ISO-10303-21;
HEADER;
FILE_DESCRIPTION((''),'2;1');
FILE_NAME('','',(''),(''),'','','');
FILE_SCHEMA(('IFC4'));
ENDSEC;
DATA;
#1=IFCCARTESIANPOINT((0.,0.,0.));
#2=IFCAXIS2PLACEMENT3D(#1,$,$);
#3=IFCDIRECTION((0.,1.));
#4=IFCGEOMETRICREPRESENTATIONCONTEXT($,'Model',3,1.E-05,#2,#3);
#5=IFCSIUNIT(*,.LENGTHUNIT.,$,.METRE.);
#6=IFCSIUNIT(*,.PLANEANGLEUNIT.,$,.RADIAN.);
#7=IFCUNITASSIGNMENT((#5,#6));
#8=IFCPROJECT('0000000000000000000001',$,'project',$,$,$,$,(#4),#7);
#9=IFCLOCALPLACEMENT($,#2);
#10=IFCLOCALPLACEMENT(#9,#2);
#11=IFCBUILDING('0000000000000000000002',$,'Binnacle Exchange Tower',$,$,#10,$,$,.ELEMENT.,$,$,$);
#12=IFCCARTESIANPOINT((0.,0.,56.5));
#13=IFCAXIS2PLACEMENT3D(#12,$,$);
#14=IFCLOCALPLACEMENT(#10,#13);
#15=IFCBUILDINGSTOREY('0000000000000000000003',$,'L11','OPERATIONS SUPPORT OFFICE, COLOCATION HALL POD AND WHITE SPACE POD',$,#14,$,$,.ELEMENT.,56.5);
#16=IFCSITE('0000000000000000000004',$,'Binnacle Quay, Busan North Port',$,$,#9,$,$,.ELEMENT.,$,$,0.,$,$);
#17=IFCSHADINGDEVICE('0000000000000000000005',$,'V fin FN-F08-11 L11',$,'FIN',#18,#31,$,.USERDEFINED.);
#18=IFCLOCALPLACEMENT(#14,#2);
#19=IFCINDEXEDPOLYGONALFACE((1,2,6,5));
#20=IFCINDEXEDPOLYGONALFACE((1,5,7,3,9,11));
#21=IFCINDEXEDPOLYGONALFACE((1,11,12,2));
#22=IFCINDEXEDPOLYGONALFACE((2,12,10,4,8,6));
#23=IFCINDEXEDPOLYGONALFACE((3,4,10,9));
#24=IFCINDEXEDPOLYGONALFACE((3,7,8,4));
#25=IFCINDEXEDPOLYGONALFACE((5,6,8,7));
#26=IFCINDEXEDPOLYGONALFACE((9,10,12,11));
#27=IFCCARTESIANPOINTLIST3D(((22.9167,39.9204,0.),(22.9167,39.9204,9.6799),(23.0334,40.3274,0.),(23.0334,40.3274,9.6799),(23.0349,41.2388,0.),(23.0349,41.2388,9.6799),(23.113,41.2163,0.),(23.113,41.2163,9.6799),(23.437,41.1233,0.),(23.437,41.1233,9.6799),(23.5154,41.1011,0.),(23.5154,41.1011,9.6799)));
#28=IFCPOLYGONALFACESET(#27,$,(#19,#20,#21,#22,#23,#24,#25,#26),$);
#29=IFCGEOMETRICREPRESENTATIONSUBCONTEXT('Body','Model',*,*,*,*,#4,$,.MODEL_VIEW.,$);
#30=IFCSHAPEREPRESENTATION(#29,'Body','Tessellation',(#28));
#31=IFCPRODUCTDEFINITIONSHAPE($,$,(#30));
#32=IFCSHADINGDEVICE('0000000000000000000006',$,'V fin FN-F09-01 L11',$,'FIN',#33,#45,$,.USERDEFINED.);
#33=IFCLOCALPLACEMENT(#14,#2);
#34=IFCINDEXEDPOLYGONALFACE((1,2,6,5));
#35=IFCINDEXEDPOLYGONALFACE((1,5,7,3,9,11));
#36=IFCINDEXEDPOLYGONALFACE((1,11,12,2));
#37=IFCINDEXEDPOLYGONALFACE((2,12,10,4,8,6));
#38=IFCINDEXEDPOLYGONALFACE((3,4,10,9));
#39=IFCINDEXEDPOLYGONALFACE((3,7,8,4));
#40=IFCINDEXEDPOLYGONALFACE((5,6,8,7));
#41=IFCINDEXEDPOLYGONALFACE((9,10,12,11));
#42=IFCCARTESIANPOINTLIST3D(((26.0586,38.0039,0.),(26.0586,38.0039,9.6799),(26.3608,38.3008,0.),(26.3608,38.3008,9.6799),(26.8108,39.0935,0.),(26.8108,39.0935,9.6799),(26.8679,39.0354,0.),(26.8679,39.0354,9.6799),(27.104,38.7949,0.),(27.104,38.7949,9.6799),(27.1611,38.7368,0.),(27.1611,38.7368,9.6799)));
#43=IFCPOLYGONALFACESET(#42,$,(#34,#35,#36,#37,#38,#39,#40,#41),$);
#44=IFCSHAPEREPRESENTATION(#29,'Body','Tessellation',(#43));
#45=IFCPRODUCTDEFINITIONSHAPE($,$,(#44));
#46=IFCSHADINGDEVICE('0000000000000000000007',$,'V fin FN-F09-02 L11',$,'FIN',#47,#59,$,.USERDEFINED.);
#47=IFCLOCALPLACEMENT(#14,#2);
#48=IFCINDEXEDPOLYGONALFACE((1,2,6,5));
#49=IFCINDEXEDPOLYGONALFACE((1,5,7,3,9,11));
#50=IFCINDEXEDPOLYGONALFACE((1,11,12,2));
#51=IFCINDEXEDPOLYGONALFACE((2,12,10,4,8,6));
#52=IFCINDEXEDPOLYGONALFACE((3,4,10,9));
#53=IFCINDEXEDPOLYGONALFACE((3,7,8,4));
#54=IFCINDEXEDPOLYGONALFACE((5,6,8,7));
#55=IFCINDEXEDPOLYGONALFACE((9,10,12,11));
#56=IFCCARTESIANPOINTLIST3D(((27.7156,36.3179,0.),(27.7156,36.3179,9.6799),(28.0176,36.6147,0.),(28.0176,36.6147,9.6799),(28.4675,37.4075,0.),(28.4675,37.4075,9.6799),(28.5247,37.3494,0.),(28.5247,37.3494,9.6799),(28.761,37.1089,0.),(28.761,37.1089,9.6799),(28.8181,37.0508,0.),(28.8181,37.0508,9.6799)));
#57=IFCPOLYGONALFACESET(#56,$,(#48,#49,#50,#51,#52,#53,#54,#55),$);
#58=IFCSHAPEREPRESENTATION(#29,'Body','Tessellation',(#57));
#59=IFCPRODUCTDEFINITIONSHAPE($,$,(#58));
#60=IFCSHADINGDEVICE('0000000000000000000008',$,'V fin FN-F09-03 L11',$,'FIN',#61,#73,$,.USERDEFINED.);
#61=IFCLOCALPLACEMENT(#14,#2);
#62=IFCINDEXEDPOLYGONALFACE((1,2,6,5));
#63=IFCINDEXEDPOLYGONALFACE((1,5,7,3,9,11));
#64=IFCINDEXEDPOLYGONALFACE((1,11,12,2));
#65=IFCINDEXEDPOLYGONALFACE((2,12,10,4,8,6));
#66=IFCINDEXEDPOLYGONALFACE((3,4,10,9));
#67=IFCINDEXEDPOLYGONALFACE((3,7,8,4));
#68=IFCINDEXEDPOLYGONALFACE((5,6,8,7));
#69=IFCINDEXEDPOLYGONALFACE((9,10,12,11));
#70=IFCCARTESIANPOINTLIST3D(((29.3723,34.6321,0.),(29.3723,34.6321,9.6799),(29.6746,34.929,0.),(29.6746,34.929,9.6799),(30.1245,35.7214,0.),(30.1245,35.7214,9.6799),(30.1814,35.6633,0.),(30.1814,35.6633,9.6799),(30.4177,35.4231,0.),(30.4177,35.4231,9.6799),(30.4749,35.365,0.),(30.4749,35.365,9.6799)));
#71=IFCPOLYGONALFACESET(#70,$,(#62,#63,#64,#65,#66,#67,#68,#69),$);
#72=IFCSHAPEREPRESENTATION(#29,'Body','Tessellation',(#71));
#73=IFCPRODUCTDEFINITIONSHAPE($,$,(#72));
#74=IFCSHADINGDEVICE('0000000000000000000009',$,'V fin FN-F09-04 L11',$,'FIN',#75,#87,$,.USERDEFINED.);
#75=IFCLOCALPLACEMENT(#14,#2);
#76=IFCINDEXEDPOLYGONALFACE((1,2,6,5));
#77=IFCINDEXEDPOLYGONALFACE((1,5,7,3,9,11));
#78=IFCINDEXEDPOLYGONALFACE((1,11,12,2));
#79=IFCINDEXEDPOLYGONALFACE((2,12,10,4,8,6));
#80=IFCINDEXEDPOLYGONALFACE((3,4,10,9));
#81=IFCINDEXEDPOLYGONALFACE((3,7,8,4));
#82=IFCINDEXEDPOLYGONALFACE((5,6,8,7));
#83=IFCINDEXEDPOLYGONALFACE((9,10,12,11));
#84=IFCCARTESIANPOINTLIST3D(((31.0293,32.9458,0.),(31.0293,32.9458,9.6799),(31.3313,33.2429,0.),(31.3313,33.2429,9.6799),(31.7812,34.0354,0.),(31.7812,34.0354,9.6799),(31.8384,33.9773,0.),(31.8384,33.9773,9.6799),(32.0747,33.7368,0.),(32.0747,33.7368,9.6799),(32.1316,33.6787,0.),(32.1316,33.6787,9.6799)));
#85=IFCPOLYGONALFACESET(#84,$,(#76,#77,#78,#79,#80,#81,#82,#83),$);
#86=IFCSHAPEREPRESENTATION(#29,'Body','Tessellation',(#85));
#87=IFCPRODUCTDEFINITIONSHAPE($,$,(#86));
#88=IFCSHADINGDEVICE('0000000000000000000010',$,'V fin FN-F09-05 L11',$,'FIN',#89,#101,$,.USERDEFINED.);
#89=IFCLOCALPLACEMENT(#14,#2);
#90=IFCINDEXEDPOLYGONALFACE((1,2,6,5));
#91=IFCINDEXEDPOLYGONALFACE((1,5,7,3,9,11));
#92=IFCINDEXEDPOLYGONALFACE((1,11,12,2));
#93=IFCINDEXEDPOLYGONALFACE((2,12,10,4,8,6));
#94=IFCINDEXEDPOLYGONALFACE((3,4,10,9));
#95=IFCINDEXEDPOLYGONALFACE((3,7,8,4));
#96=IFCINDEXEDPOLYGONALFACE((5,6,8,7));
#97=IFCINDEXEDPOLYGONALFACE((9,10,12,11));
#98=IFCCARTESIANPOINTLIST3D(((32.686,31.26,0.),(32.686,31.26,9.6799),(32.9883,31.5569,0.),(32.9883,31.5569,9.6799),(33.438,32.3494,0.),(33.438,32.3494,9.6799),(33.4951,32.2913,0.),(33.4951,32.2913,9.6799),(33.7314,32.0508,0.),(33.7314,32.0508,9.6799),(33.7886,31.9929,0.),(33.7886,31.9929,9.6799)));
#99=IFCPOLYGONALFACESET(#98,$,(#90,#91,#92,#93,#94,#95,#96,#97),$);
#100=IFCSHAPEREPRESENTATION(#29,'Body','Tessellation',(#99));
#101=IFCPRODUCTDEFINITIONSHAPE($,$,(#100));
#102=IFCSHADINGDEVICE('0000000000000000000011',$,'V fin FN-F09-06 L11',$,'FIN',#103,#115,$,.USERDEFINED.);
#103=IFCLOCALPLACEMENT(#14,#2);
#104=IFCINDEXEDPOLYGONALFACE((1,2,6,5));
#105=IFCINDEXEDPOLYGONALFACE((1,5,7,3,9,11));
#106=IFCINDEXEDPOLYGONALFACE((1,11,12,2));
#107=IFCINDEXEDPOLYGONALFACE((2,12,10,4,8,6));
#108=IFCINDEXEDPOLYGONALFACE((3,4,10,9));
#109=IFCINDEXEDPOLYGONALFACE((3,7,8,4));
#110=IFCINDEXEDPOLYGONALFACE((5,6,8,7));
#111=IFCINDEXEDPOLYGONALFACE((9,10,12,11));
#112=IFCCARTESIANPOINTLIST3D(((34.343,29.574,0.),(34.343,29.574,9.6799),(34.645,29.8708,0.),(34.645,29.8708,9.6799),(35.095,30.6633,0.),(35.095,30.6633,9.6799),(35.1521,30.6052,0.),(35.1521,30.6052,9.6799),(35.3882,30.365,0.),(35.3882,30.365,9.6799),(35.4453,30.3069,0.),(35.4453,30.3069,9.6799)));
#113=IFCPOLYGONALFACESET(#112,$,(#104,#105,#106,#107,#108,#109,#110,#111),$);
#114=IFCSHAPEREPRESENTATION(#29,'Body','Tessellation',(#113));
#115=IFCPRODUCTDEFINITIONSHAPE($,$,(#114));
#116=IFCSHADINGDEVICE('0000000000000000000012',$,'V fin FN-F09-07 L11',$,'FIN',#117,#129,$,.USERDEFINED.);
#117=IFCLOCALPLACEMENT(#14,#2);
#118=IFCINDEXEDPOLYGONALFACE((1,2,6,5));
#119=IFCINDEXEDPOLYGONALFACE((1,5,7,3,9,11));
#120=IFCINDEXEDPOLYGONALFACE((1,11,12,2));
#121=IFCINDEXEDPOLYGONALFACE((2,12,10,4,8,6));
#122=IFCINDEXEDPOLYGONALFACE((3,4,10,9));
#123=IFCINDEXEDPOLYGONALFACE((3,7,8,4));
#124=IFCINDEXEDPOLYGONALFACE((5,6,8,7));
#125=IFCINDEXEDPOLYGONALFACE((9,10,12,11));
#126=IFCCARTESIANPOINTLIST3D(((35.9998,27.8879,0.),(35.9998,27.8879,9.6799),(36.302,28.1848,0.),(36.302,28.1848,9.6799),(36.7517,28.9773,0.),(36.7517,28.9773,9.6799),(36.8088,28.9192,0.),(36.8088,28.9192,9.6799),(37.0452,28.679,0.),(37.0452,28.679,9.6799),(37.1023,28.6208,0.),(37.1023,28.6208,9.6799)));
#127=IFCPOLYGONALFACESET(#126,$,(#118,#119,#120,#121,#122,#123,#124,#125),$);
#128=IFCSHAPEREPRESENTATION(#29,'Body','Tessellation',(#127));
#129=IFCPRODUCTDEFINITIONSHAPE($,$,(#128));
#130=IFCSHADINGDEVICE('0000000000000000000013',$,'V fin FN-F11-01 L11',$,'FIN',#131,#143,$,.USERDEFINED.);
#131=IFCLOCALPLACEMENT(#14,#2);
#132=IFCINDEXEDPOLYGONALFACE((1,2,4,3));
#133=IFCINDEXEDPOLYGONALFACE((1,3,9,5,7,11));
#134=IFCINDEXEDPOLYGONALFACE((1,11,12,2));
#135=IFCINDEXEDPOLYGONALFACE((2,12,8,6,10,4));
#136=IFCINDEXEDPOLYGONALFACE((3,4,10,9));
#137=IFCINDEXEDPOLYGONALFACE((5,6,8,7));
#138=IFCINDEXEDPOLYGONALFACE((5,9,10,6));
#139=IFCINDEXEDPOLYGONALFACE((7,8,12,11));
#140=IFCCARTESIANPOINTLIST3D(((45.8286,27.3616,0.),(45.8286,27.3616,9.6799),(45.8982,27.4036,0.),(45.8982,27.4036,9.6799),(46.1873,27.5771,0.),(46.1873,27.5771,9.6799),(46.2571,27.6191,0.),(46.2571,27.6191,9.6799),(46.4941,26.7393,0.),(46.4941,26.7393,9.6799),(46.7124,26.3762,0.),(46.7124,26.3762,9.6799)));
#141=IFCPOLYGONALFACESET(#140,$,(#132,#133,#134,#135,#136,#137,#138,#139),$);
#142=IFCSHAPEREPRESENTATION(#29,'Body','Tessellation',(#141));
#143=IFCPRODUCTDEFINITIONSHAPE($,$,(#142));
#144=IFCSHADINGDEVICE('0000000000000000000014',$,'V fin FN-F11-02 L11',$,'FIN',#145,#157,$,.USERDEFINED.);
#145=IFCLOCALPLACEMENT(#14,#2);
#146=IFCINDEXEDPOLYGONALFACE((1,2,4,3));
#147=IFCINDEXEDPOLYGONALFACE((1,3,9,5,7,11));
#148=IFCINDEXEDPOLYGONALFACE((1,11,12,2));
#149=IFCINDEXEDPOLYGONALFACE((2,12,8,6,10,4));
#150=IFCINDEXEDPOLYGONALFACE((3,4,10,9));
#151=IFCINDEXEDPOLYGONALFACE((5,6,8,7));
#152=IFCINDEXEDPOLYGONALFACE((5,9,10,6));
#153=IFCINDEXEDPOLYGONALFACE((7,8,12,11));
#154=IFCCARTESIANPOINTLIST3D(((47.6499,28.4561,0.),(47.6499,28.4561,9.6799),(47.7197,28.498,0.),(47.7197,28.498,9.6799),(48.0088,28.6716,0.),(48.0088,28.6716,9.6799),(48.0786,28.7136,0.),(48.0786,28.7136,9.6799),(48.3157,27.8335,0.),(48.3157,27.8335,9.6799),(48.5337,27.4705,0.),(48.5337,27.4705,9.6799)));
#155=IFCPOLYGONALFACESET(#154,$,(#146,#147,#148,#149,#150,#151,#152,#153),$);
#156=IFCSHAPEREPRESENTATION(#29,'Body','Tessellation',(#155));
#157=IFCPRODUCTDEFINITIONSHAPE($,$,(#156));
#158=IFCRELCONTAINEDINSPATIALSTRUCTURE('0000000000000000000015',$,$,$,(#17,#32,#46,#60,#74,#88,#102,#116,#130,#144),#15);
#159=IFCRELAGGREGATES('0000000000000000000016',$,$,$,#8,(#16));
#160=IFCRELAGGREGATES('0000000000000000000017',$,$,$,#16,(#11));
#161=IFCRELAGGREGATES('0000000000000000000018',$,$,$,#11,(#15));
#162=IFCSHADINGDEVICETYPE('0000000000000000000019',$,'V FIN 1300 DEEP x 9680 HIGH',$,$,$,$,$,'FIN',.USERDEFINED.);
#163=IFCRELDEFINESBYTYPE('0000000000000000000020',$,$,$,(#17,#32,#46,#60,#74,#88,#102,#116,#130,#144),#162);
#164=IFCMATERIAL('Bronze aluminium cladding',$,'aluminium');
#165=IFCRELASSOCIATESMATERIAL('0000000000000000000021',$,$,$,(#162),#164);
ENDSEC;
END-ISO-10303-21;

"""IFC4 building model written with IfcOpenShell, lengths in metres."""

from ifc_helpers import new_model, si_unit, direction, frame, origin, place, context, subcontext, project, spatial, polyline, outline, extrude, material, type_object, element, save


model = new_model("IFC4")

# Units and contexts
model_context = context("Model", 3, precision=1e-05, world=origin(), true_north=direction((0.0, 1.0)))
body_context = subcontext(model_context, "Body", "Model", "MODEL_VIEW")
ifc_project = project(units=[si_unit("LENGTHUNIT", "METRE"), si_unit("PLANEANGLEUNIT", "RADIAN")], contexts=[model_context])

# Site, building, storey
site_placement = place(None, origin())
site = spatial("IfcSite", under=ifc_project, at=site_placement, Name="Binnacle Quay, Busan North Port", CompositionType="ELEMENT", RefElevation=0.0)
building_placement = place(site_placement, origin())
building = spatial("IfcBuilding", under=site, at=building_placement, Name="Binnacle Exchange Tower", CompositionType="ELEMENT")
storey_placement = place(building_placement, frame((0.0, 0.0, 56.5)))
storey = spatial("IfcBuildingStorey", under=building, at=storey_placement, Name="L11", Description="OPERATIONS SUPPORT OFFICE, COLOCATION HALL POD AND WHITE SPACE POD", CompositionType="ELEMENT", Elevation=56.5)

# Shading devices
ifc_material = material(Name="Bronze aluminium cladding", Category="aluminium")
shading_device_type = type_object("IfcShadingDeviceType", Name="V FIN 1300 DEEP x 9680 HIGH", ElementType="FIN", PredefinedType="USERDEFINED", material=ifc_material)
shading_device_1_placement = place(storey_placement, origin())
element("IfcShadingDevice", 1, at=shading_device_1_placement, inside=storey, type_object=shading_device_type, Name="V fin FN-F08-11 L11", ObjectType="FIN", PredefinedType="USERDEFINED", context=body_context, shape_type="SweptSolid", body=[
    extrude(outline(polyline([(23.0349, 41.2388), (22.9167, 39.9204), (23.5154, 41.1011), (23.437, 41.1233), (23.0334, 40.3274), (23.113, 41.2163), (23.0349, 41.2388)])), origin(), (0.0, 0.0, 1.0), 9.6799),
])
shading_device_2_placement = place(storey_placement, origin())
element("IfcShadingDevice", 2, at=shading_device_2_placement, inside=storey, type_object=shading_device_type, Name="V fin FN-F09-01 L11", ObjectType="FIN", PredefinedType="USERDEFINED", context=body_context, shape_type="SweptSolid", body=[
    extrude(outline(polyline([(26.8108, 39.0935), (26.0586, 38.0039), (27.1611, 38.7368), (27.104, 38.7949), (26.3608, 38.3008), (26.8679, 39.0354), (26.8108, 39.0935)])), origin(), (0.0, 0.0, 1.0), 9.6799),
])
shading_device_3_placement = place(storey_placement, origin())
element("IfcShadingDevice", 3, at=shading_device_3_placement, inside=storey, type_object=shading_device_type, Name="V fin FN-F09-02 L11", ObjectType="FIN", PredefinedType="USERDEFINED", context=body_context, shape_type="SweptSolid", body=[
    extrude(outline(polyline([(28.4675, 37.4075), (27.7156, 36.3179), (28.8181, 37.0508), (28.761, 37.1089), (28.0176, 36.6147), (28.5247, 37.3494), (28.4675, 37.4075)])), origin(), (0.0, 0.0, 1.0), 9.6799),
])
shading_device_4_placement = place(storey_placement, origin())
element("IfcShadingDevice", 4, at=shading_device_4_placement, inside=storey, type_object=shading_device_type, Name="V fin FN-F09-03 L11", ObjectType="FIN", PredefinedType="USERDEFINED", context=body_context, shape_type="SweptSolid", body=[
    extrude(outline(polyline([(30.1245, 35.7214), (29.3723, 34.6321), (30.4749, 35.365), (30.4177, 35.4231), (29.6746, 34.929), (30.1814, 35.6633), (30.1245, 35.7214)])), origin(), (0.0, 0.0, 1.0), 9.6799),
])
shading_device_5_placement = place(storey_placement, origin())
element("IfcShadingDevice", 5, at=shading_device_5_placement, inside=storey, type_object=shading_device_type, Name="V fin FN-F09-04 L11", ObjectType="FIN", PredefinedType="USERDEFINED", context=body_context, shape_type="SweptSolid", body=[
    extrude(outline(polyline([(31.7812, 34.0354), (31.0293, 32.9458), (32.1316, 33.6787), (32.0747, 33.7368), (31.3313, 33.2429), (31.8384, 33.9773), (31.7812, 34.0354)])), origin(), (0.0, 0.0, 1.0), 9.6799),
])
shading_device_6_placement = place(storey_placement, origin())
element("IfcShadingDevice", 6, at=shading_device_6_placement, inside=storey, type_object=shading_device_type, Name="V fin FN-F09-05 L11", ObjectType="FIN", PredefinedType="USERDEFINED", context=body_context, shape_type="SweptSolid", body=[
    extrude(outline(polyline([(33.438, 32.3494), (32.686, 31.26), (33.7886, 31.9929), (33.7314, 32.0508), (32.9883, 31.5569), (33.4951, 32.2913), (33.438, 32.3494)])), origin(), (0.0, 0.0, 1.0), 9.6799),
])
shading_device_7_placement = place(storey_placement, origin())
element("IfcShadingDevice", 7, at=shading_device_7_placement, inside=storey, type_object=shading_device_type, Name="V fin FN-F09-06 L11", ObjectType="FIN", PredefinedType="USERDEFINED", context=body_context, shape_type="SweptSolid", body=[
    extrude(outline(polyline([(35.095, 30.6633), (34.343, 29.574), (35.4453, 30.3069), (35.3882, 30.365), (34.645, 29.8708), (35.1521, 30.6052), (35.095, 30.6633)])), origin(), (0.0, 0.0, 1.0), 9.6799),
])
shading_device_8_placement = place(storey_placement, origin())
element("IfcShadingDevice", 8, at=shading_device_8_placement, inside=storey, type_object=shading_device_type, Name="V fin FN-F09-07 L11", ObjectType="FIN", PredefinedType="USERDEFINED", context=body_context, shape_type="SweptSolid", body=[
    extrude(outline(polyline([(36.7517, 28.9773), (35.9998, 27.8879), (37.1023, 28.6208), (37.0452, 28.679), (36.302, 28.1848), (36.8088, 28.9192), (36.7517, 28.9773)])), origin(), (0.0, 0.0, 1.0), 9.6799),
])
shading_device_9_placement = place(storey_placement, origin())
element("IfcShadingDevice", 9, at=shading_device_9_placement, inside=storey, type_object=shading_device_type, Name="V fin FN-F11-01 L11", ObjectType="FIN", PredefinedType="USERDEFINED", context=body_context, shape_type="SweptSolid", body=[
    extrude(outline(polyline([(45.8286, 27.3616), (46.7124, 26.3762), (46.2571, 27.6191), (46.1873, 27.5771), (46.4941, 26.7393), (45.8982, 27.4036), (45.8286, 27.3616)])), origin(), (0.0, 0.0, 1.0), 9.6799),
])
shading_device_10_placement = place(storey_placement, origin())
element("IfcShadingDevice", 10, at=shading_device_10_placement, inside=storey, type_object=shading_device_type, Name="V fin FN-F11-02 L11", ObjectType="FIN", PredefinedType="USERDEFINED", context=body_context, shape_type="SweptSolid", body=[
    extrude(outline(polyline([(47.6499, 28.4561), (48.5337, 27.4705), (48.0786, 28.7136), (48.0088, 28.6716), (48.3157, 27.8335), (47.7197, 28.498), (47.6499, 28.4561)])), origin(), (0.0, 0.0, 1.0), 9.6799),
])

save(model, "model.ifc")
